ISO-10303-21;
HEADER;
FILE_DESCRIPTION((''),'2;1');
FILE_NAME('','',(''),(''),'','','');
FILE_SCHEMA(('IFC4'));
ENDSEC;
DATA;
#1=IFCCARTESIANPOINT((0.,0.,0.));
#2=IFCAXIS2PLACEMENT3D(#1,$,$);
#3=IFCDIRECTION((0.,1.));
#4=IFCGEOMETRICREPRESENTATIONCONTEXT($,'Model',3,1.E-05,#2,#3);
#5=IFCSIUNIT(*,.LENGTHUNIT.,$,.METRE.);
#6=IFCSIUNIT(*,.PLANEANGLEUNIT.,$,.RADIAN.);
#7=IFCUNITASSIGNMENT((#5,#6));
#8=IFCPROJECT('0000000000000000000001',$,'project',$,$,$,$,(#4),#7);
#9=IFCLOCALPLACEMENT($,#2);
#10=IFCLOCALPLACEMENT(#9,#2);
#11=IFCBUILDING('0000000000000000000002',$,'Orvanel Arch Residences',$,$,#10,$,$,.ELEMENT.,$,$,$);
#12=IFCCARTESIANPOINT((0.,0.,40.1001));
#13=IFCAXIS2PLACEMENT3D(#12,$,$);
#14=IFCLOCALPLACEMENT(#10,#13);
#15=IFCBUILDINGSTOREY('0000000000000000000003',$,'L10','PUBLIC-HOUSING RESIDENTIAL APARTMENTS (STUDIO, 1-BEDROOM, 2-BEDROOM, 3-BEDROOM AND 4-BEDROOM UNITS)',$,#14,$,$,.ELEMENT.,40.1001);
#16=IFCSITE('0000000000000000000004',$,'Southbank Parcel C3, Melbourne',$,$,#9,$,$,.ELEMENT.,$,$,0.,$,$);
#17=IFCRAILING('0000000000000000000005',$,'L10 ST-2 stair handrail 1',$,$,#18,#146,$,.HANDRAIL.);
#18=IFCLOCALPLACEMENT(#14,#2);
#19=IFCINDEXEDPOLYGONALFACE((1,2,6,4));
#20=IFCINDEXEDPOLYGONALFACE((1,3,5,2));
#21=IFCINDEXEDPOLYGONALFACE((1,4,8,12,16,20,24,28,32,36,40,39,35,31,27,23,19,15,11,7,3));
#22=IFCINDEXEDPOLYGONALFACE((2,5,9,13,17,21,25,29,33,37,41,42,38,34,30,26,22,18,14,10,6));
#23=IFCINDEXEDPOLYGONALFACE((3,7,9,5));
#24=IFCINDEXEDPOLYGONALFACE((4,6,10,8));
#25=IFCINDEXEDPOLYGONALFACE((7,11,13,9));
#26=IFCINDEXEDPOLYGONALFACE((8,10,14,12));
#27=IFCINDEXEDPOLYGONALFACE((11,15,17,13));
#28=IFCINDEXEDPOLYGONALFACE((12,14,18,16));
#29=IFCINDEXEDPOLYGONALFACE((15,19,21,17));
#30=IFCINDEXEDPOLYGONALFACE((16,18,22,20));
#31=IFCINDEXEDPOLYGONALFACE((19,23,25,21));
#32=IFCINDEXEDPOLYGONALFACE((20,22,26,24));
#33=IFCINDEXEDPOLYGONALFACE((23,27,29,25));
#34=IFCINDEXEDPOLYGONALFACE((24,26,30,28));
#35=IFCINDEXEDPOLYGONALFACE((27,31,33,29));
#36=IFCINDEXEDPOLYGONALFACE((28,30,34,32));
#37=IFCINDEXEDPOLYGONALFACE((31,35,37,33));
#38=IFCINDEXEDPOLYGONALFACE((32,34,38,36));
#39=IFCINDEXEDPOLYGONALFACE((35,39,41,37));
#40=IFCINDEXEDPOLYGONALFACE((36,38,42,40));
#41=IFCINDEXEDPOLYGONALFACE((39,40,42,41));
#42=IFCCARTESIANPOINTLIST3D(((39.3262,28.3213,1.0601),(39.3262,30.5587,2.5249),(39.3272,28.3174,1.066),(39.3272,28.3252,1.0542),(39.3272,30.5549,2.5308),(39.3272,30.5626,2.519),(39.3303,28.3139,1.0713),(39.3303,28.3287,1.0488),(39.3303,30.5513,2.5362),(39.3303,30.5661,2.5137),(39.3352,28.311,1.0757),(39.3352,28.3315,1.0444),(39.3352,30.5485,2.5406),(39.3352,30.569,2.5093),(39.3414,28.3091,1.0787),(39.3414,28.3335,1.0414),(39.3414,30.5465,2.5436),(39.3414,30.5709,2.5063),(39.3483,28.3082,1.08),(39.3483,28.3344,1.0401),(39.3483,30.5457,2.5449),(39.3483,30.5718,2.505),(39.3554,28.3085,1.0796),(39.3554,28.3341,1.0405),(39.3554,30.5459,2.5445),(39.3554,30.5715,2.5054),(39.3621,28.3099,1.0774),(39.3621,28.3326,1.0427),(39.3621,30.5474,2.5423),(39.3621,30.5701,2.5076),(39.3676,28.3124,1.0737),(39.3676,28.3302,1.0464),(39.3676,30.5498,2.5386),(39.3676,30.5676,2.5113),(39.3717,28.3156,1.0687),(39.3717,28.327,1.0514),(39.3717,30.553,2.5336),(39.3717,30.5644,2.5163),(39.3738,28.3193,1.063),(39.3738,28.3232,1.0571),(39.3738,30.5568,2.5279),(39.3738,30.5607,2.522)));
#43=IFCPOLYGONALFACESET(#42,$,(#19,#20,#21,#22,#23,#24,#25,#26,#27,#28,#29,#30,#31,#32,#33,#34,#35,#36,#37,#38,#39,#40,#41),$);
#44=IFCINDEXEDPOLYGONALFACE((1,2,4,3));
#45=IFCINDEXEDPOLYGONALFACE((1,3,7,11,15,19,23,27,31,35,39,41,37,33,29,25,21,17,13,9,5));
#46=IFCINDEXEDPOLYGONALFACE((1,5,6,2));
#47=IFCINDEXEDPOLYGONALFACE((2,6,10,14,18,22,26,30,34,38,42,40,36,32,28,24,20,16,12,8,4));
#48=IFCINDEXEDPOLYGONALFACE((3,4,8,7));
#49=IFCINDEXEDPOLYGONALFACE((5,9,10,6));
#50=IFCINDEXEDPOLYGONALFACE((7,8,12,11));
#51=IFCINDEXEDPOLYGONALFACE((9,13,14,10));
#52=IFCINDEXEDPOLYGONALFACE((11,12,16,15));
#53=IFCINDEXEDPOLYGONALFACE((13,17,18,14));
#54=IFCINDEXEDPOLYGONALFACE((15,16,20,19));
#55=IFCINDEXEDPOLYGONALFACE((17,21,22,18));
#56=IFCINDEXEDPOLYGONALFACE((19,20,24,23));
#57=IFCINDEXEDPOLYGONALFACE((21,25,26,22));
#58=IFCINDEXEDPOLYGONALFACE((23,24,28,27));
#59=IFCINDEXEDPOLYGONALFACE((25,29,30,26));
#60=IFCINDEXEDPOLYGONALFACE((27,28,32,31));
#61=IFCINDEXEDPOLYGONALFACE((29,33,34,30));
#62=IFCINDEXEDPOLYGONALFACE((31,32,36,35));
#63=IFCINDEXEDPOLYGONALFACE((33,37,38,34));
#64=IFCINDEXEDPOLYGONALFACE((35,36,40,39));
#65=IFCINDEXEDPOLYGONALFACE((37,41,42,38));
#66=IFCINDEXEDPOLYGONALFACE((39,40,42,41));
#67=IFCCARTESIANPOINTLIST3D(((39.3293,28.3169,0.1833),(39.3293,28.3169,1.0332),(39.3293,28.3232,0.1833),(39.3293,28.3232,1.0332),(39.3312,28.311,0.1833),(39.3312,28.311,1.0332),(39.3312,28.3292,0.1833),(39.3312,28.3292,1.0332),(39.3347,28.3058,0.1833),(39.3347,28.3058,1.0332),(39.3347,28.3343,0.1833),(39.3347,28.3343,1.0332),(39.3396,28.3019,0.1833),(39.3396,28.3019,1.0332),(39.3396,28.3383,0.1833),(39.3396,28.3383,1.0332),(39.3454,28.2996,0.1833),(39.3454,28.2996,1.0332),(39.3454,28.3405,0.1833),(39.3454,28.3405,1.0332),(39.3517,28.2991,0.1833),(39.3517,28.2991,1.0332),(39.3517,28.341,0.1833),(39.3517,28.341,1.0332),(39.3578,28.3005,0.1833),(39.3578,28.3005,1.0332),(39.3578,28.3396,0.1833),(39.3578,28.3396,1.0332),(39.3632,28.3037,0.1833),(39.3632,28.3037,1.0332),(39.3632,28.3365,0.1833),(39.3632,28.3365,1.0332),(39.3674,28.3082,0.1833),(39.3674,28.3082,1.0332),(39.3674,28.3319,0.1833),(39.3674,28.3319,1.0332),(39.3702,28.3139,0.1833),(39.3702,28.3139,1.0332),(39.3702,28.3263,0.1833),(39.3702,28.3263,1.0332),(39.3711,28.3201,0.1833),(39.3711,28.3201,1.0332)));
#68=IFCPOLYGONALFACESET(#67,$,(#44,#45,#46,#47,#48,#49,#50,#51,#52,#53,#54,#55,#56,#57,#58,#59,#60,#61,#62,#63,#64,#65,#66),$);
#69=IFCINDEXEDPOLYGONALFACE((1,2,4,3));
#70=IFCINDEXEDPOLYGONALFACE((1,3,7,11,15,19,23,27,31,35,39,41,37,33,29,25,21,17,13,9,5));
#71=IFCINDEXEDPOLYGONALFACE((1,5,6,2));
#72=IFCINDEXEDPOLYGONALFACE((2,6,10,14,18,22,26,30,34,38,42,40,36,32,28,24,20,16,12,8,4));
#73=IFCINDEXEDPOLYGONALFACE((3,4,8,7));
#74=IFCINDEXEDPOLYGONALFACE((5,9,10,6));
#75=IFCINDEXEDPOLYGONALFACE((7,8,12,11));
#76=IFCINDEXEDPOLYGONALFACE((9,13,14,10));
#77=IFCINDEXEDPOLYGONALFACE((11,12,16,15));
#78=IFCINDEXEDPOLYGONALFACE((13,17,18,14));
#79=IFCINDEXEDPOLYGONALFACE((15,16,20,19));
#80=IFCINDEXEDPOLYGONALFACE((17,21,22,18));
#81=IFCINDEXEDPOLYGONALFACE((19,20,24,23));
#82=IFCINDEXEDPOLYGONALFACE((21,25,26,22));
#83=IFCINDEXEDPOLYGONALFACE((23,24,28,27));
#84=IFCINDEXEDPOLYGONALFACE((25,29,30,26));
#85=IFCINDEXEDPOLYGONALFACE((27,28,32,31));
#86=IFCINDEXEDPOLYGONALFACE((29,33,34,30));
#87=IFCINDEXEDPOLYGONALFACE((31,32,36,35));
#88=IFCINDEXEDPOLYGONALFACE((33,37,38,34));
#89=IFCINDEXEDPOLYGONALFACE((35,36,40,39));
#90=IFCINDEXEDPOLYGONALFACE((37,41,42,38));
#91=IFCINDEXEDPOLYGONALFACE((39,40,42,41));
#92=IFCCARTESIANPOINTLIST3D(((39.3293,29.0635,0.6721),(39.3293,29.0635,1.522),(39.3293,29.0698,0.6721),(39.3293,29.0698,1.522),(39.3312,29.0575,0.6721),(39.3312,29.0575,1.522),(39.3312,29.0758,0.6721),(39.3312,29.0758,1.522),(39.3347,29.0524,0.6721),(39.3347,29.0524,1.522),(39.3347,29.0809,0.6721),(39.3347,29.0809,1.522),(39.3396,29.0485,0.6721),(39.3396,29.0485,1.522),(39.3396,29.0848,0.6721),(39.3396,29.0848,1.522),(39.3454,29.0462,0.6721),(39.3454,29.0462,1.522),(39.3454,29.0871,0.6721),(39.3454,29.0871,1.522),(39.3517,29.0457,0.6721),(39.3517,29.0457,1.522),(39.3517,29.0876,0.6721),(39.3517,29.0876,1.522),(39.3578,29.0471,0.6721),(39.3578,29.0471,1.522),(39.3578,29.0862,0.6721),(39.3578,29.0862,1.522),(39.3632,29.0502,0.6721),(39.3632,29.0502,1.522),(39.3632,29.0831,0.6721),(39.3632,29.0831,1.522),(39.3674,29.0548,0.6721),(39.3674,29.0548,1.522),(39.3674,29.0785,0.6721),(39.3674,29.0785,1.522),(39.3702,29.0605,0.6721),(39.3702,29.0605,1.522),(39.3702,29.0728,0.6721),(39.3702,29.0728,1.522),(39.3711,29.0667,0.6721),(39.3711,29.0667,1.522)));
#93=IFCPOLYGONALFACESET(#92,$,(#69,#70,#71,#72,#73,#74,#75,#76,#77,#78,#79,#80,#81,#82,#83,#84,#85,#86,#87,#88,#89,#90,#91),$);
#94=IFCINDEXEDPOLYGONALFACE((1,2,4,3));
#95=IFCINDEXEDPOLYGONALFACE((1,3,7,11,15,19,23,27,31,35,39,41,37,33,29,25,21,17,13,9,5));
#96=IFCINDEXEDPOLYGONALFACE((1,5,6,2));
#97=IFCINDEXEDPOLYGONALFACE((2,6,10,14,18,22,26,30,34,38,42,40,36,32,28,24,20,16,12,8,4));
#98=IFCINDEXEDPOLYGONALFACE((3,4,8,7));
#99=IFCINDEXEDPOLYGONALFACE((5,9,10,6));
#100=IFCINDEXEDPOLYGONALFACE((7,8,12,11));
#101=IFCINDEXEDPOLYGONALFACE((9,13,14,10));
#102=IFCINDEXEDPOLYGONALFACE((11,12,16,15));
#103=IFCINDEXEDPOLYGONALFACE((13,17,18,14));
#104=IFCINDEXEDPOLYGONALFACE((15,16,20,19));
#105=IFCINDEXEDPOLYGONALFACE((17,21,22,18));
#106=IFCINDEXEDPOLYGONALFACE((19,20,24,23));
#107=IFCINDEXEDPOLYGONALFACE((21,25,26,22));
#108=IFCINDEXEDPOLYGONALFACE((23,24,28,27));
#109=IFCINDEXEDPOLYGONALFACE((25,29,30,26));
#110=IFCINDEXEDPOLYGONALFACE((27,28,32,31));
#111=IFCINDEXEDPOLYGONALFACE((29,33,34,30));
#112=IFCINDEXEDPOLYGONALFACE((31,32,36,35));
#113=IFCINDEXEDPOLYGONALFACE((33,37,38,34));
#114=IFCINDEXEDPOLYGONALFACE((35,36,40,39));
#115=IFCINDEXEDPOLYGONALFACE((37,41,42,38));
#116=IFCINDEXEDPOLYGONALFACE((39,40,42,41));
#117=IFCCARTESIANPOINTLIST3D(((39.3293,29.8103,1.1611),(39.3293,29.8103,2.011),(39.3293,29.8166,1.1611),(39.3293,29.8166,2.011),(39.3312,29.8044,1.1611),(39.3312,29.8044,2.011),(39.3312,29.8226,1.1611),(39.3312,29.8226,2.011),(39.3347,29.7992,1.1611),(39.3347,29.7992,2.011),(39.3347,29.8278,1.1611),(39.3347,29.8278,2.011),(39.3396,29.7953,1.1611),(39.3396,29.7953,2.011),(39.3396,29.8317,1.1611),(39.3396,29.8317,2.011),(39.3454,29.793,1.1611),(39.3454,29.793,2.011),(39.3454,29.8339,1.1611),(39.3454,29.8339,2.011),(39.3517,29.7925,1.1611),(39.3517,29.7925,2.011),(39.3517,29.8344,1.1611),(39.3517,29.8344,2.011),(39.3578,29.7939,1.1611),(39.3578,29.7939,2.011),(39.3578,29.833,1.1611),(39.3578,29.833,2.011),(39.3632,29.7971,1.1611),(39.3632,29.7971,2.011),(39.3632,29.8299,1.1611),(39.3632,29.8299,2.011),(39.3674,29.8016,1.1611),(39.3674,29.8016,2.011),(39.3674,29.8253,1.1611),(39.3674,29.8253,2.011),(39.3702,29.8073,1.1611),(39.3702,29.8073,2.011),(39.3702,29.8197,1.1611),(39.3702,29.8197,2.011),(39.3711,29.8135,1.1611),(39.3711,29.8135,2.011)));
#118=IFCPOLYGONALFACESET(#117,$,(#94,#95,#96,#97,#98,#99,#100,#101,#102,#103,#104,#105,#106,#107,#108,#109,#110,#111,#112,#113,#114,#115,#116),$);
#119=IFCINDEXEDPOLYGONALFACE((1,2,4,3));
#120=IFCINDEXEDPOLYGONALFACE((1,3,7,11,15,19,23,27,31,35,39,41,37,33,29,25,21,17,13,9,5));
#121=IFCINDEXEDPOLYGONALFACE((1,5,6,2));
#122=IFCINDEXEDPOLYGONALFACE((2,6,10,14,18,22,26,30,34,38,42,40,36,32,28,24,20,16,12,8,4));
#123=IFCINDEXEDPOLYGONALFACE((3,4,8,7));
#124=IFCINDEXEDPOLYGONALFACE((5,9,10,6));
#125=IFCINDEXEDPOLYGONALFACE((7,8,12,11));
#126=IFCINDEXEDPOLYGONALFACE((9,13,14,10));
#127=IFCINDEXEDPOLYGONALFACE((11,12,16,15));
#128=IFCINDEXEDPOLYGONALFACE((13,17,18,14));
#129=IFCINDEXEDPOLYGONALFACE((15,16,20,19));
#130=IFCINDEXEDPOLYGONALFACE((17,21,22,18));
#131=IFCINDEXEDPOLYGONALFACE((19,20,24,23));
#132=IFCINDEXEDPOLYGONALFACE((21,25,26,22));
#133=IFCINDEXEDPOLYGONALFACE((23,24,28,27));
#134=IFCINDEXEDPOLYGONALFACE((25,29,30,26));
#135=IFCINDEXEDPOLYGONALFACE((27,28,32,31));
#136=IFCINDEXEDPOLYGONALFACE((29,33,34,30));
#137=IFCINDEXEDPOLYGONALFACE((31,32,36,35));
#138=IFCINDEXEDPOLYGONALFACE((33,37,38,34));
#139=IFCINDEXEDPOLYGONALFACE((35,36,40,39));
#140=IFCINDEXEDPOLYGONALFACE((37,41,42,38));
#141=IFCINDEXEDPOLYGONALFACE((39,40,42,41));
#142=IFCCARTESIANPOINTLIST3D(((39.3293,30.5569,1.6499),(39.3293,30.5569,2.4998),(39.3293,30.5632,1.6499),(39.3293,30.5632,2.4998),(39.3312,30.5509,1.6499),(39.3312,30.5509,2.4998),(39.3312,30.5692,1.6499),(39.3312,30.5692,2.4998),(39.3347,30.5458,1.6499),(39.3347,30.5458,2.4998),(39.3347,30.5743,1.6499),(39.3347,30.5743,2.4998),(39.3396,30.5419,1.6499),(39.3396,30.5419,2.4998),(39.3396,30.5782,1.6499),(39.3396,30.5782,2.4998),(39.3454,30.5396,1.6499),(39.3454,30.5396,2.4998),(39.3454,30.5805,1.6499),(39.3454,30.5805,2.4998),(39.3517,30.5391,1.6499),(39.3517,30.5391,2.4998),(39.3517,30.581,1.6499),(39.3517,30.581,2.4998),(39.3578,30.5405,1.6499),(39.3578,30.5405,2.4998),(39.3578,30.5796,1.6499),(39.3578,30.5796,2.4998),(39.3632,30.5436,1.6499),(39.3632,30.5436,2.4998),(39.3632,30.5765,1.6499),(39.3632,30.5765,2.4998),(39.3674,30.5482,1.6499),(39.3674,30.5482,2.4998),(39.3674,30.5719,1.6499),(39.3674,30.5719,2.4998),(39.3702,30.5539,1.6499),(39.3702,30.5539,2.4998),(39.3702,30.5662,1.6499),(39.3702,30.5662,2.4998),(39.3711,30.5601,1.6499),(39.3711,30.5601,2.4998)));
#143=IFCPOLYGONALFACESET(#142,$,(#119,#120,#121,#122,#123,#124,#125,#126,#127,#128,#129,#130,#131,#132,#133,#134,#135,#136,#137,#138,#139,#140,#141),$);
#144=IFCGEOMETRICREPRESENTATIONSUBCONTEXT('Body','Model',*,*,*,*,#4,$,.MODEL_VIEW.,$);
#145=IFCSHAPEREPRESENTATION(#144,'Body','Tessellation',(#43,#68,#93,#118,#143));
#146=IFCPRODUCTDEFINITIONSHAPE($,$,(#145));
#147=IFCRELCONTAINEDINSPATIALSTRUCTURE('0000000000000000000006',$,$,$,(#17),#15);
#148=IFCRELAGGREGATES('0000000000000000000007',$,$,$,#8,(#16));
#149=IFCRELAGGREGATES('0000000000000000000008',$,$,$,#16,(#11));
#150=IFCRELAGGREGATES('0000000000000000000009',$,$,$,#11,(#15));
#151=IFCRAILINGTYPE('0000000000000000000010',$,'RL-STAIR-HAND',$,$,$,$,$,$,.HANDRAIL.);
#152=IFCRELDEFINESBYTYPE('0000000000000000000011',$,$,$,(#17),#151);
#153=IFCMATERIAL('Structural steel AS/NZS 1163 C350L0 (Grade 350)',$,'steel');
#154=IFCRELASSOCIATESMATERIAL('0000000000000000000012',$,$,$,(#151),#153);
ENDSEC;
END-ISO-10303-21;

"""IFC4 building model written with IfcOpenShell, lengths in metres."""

from ifc_helpers import new_model, si_unit, direction, frame, origin, origin_2d, place, context, subcontext, project, spatial, circle, extrude, material, type_object, element, save


model = new_model("IFC4")

# Units and contexts
model_context = context("Model", 3, precision=1e-05, world=origin(), true_north=direction((0.0, 1.0)))
body_context = subcontext(model_context, "Body", "Model", "MODEL_VIEW")
ifc_project = project(units=[si_unit("LENGTHUNIT", "METRE"), si_unit("PLANEANGLEUNIT", "RADIAN")], contexts=[model_context])

# Site, building, storey
site_placement = place(None, origin())
site = spatial("IfcSite", under=ifc_project, at=site_placement, Name="Southbank Parcel C3, Melbourne", CompositionType="ELEMENT", RefElevation=0.0)
building_placement = place(site_placement, origin())
building = spatial("IfcBuilding", under=site, at=building_placement, Name="Orvanel Arch Residences", CompositionType="ELEMENT")
storey_placement = place(building_placement, frame((0.0, 0.0, 40.1001)))
storey = spatial("IfcBuildingStorey", under=building, at=storey_placement, Name="L10", Description="PUBLIC-HOUSING RESIDENTIAL APARTMENTS (STUDIO, 1-BEDROOM, 2-BEDROOM, 3-BEDROOM AND 4-BEDROOM UNITS)", CompositionType="ELEMENT", Elevation=40.1001)

# Railing
ifc_material_1 = material(Name="Structural steel AS/NZS 1163 C350L0 (Grade 350)", Category="steel")
railing_type_1 = type_object("IfcRailingType", Name="RL-STAIR-HAND", PredefinedType="HANDRAIL", material=ifc_material_1)
railing_1_placement = place(storey_placement, frame((39.3501, 28.3201, 0.1833)))
element("IfcRailing", 1, at=railing_1_placement, inside=storey, type_object=railing_type_1, Name="L10 ST-2 stair handrail 1", PredefinedType="HANDRAIL", context=body_context, shape_type="SweptSolid", body=[
    extrude(circle(Radius=0.0239, at=origin_2d()), frame((0.0, 0.0012, 0.8767), z_axis=(0.0, 0.836637, 0.547758), x_axis=(-1.0, 0.0, 0.0)), (0.0, 0.0, 1.0), 2.6743),
    extrude(circle(Radius=0.021, at=origin_2d()), origin(), (0.0, 0.0, 1.0), 0.8499),
    extrude(circle(Radius=0.021, at=origin_2d()), frame((0.0, 0.7466, 0.4888)), (0.0, 0.0, 1.0), 0.8499),
    extrude(circle(Radius=0.021, at=origin_2d()), frame((0.0, 1.4934, 0.9778)), (0.0, 0.0, 1.0), 0.8499),
    extrude(circle(Radius=0.021, at=origin_2d()), frame((0.0, 2.24, 1.4666)), (0.0, 0.0, 1.0), 0.8499),
])

save(model, "model.ifc")
